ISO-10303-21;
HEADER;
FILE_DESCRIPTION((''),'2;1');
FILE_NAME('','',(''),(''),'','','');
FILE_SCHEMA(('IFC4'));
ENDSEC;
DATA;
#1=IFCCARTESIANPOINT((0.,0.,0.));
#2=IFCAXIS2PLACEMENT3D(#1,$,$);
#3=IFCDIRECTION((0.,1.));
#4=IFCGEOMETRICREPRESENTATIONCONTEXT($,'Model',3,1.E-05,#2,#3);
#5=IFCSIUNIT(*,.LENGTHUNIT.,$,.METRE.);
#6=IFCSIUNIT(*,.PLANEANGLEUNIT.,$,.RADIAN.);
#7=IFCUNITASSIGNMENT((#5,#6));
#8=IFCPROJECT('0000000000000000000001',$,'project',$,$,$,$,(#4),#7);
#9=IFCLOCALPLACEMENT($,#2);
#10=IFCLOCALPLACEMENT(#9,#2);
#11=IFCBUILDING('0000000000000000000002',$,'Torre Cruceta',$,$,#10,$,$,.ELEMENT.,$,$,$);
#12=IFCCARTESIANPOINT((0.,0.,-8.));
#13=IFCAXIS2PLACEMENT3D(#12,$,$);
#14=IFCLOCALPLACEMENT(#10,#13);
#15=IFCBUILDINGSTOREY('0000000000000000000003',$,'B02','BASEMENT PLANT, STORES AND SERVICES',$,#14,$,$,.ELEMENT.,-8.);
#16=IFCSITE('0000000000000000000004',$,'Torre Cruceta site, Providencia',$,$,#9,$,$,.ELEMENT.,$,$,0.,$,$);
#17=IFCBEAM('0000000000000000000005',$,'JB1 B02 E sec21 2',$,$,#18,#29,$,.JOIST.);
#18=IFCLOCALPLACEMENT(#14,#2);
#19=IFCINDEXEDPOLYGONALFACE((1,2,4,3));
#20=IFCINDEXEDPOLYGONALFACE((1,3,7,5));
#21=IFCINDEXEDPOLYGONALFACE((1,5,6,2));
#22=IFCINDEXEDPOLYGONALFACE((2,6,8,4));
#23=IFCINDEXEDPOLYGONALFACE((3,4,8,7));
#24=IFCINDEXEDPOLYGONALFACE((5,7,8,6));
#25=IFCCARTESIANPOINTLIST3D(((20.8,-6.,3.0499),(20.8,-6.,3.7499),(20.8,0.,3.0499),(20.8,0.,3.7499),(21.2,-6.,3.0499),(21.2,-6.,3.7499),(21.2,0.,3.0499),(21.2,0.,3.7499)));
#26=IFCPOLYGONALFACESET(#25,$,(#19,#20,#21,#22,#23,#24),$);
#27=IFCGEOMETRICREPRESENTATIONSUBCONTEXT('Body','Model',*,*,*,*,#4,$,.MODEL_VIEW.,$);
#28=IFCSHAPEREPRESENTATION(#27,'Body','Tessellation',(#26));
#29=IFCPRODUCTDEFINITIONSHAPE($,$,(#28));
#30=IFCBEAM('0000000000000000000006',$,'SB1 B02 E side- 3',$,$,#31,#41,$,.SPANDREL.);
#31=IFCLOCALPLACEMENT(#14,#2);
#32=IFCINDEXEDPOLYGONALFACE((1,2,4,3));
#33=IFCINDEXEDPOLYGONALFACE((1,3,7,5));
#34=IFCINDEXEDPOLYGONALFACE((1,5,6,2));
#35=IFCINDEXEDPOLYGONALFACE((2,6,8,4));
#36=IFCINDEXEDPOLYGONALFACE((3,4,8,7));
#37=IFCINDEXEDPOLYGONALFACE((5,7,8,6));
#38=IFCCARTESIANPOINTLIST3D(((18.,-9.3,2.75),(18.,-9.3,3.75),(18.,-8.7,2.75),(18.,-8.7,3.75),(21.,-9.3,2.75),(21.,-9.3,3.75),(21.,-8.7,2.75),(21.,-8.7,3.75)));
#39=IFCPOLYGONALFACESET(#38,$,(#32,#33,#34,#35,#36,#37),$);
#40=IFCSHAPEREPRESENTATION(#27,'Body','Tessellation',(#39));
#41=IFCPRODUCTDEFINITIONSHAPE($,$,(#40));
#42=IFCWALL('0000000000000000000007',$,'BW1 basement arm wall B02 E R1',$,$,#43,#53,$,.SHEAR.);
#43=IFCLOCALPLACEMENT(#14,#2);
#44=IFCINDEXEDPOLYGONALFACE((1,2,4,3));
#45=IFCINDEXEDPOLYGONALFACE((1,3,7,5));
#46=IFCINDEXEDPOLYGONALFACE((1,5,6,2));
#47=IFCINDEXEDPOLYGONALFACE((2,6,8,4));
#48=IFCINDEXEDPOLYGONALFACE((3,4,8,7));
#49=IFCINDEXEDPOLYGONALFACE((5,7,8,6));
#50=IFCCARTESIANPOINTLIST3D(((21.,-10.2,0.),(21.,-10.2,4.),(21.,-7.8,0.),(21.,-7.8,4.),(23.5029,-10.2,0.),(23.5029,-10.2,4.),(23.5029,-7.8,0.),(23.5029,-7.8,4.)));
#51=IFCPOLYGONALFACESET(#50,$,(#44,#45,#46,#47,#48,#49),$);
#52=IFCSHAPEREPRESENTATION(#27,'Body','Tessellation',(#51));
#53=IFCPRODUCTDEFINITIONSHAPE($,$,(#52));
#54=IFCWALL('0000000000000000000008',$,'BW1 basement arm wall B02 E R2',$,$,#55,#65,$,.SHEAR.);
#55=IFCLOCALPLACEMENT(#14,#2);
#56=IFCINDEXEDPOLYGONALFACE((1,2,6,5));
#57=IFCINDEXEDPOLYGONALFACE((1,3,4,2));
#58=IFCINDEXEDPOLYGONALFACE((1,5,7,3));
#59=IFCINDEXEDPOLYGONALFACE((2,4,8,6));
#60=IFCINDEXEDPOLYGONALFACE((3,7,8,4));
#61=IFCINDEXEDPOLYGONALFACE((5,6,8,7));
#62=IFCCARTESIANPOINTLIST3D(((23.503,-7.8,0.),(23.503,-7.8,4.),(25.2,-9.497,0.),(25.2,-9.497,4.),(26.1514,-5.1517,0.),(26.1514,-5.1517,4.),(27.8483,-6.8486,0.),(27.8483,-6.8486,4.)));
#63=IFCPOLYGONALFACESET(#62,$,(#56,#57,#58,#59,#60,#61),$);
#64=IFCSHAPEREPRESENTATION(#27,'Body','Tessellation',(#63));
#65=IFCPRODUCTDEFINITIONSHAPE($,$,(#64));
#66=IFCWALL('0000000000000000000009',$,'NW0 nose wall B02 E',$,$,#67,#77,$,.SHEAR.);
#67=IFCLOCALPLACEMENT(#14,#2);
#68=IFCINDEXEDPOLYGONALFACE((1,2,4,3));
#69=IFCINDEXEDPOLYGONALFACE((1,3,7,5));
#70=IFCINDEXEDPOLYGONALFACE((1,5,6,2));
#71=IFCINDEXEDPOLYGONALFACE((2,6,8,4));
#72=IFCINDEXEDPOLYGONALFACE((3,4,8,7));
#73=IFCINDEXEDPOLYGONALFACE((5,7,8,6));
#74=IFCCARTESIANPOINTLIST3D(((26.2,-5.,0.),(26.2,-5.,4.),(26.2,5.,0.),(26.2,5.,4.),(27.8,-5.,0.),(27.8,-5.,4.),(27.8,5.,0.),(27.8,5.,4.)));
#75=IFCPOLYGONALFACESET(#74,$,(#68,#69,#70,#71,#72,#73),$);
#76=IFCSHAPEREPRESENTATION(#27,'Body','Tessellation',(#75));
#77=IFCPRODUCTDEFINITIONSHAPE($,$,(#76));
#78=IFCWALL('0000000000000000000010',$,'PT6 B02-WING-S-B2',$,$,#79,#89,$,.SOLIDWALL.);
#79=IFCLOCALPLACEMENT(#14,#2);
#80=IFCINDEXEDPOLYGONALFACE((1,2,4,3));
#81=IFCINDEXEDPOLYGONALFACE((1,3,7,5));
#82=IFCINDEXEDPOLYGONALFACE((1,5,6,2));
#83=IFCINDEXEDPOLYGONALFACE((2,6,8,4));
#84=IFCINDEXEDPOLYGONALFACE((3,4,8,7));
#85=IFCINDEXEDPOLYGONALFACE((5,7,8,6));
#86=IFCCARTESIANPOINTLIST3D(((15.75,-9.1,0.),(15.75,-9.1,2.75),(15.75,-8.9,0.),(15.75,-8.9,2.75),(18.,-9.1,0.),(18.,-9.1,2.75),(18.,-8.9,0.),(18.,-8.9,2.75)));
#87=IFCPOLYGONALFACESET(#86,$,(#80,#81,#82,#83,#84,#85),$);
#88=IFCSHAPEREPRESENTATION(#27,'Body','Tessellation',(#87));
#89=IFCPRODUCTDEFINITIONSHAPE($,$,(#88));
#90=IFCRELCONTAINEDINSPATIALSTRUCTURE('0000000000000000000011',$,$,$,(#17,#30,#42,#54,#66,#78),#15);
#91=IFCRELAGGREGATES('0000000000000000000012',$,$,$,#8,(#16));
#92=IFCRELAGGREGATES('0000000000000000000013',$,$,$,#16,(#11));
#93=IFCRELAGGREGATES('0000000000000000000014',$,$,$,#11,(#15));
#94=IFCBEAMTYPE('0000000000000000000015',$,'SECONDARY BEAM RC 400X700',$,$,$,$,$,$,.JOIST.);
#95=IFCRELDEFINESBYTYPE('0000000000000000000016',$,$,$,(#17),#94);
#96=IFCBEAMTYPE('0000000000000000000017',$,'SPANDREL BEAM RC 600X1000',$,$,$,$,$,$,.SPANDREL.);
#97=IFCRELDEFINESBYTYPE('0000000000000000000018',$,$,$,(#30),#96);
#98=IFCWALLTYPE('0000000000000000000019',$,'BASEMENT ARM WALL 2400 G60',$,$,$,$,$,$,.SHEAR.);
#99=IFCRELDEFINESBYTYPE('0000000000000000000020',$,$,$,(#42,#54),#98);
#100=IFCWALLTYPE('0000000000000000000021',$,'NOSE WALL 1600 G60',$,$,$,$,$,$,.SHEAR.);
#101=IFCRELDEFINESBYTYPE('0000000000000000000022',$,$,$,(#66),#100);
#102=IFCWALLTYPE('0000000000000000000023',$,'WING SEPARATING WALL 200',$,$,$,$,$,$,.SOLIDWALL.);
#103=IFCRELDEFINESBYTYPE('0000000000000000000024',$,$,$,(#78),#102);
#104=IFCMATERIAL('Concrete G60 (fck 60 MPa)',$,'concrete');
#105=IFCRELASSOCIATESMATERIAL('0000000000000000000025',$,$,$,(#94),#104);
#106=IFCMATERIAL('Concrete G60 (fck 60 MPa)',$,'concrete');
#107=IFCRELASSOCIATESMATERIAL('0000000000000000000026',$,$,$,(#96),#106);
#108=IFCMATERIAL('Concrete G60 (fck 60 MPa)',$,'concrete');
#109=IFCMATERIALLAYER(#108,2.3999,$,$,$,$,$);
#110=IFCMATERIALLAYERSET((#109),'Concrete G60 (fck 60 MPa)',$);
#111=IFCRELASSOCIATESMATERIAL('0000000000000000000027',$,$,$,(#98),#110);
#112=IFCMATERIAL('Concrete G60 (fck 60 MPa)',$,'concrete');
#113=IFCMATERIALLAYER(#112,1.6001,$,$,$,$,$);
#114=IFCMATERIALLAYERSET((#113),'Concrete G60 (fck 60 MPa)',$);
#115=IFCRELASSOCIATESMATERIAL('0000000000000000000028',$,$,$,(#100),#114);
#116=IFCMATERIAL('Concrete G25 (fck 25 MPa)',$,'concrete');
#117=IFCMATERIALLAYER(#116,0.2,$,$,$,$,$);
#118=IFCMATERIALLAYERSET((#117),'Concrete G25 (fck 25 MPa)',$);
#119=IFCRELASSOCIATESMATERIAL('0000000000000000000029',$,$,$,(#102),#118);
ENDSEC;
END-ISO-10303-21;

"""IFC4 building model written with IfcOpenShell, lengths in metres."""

from ifc_helpers import new_model, si_unit, direction, frame, frame_2d, origin, origin_2d, place, context, subcontext, project, spatial, rectangle, extrude, material, layer, layer_set, material_profile, profile_set, type_object, element, save


model = new_model("IFC4")

# Units and contexts
model_context = context("Model", 3, precision=1e-05, world=origin(), true_north=direction((0.0, 1.0)))
body_context = subcontext(model_context, "Body", "Model", "MODEL_VIEW")
ifc_project = project(units=[si_unit("LENGTHUNIT", "METRE"), si_unit("PLANEANGLEUNIT", "RADIAN")], contexts=[model_context])

# Site, building, storey
site_placement = place(None, origin())
site = spatial("IfcSite", under=ifc_project, at=site_placement, Name="Torre Cruceta site, Providencia", CompositionType="ELEMENT", RefElevation=0.0)
building_placement = place(site_placement, origin())
building = spatial("IfcBuilding", under=site, at=building_placement, Name="Torre Cruceta", CompositionType="ELEMENT")
storey_placement = place(building_placement, frame((0.0, 0.0, -8.0)))
storey = spatial("IfcBuildingStorey", under=building, at=storey_placement, Name="B02", Description="BASEMENT PLANT, STORES AND SERVICES", CompositionType="ELEMENT", Elevation=-8.0)

# Beams
ifc_material_1 = material(Name="Concrete G60 (fck 60 MPa)", Category="concrete")
ifc_material_profile_1 = material_profile(ifc_material_1, rectangle(XDim=0.3999, YDim=0.7, at=origin_2d()), Name="RC 400X700")
ifc_profile_set_1 = profile_set([ifc_material_profile_1], Name="Concrete G60 (fck 60 MPa)")
beam_type_1 = type_object("IfcBeamType", Name="SECONDARY BEAM RC 400X700", PredefinedType="JOIST", material=ifc_profile_set_1)
beam_1_placement = place(storey_placement, frame((21.0, -6.0, 3.3999), z_axis=(0.0, 1.0, 0.0), x_axis=(-1.0, 0.0, 0.0)))
element("IfcBeam", 1, at=beam_1_placement, inside=storey, type_object=beam_type_1, Name="JB1 B02 E sec21 2", PredefinedType="JOIST", context=body_context, shape_type="SweptSolid", body=[
    extrude(rectangle(XDim=0.3999, YDim=0.7, at=origin_2d()), origin(), (0.0, 0.0, 1.0), 6.0),
])
ifc_material_2 = material(Name="Concrete G60 (fck 60 MPa)", Category="concrete")
ifc_material_profile_2 = material_profile(ifc_material_2, rectangle(XDim=0.6001, YDim=1.0, at=origin_2d()), Name="RC 600X1000")
ifc_profile_set_2 = profile_set([ifc_material_profile_2], Name="Concrete G60 (fck 60 MPa)")
beam_type_2 = type_object("IfcBeamType", Name="SPANDREL BEAM RC 600X1000", PredefinedType="SPANDREL", material=ifc_profile_set_2)
beam_2_placement = place(storey_placement, frame((18.0, -9.0, 3.25), z_axis=(1.0, 0.0, 0.0), x_axis=(0.0, 1.0, 0.0)))
element("IfcBeam", 2, at=beam_2_placement, inside=storey, type_object=beam_type_2, Name="SB1 B02 E side- 3", PredefinedType="SPANDREL", context=body_context, shape_type="SweptSolid", body=[
    extrude(rectangle(XDim=0.6001, YDim=1.0, at=origin_2d()), origin(), (0.0, 0.0, 1.0), 3.0),
])

# Walls
ifc_material_3 = material(Name="Concrete G60 (fck 60 MPa)", Category="concrete")
ifc_layer_1 = layer(ifc_material_3, 2.3999)
ifc_layer_set_1 = layer_set([ifc_layer_1], Name="Concrete G60 (fck 60 MPa)")
wall_type_1 = type_object("IfcWallType", Name="BASEMENT ARM WALL 2400 G60", PredefinedType="SHEAR", material=ifc_layer_set_1)
wall_1_placement = place(storey_placement, frame((21.0, -9.0, 0.0), z_axis=(0.0, 0.0, 1.0), x_axis=(1.0, 0.0, 0.0)))
element("IfcWall", 3, at=wall_1_placement, inside=storey, type_object=wall_type_1, Name="BW1 basement arm wall B02 E R1", PredefinedType="SHEAR", context=body_context, shape_type="SweptSolid", body=[
    extrude(rectangle(XDim=2.5029, YDim=2.3999, at=frame_2d((1.2515, 0.0))), origin(), (0.0, 0.0, 1.0), 4.0),
])
wall_2_placement = place(storey_placement, frame((24.3516, -8.6484, 0.0), z_axis=(0.0, 0.0, 1.0), x_axis=(0.707107, 0.707107, 0.0)))
element("IfcWall", 4, at=wall_2_placement, inside=storey, type_object=wall_type_1, Name="BW1 basement arm wall B02 E R2", PredefinedType="SHEAR", context=body_context, shape_type="SweptSolid", body=[
    extrude(rectangle(XDim=3.7454, YDim=2.3999, at=frame_2d((1.8726, 0.0))), origin(), (0.0, 0.0, 1.0), 4.0),
])
ifc_material_4 = material(Name="Concrete G60 (fck 60 MPa)", Category="concrete")
ifc_layer_2 = layer(ifc_material_4, 1.6001)
ifc_layer_set_2 = layer_set([ifc_layer_2], Name="Concrete G60 (fck 60 MPa)")
wall_type_2 = type_object("IfcWallType", Name="NOSE WALL 1600 G60", PredefinedType="SHEAR", material=ifc_layer_set_2)
wall_3_placement = place(storey_placement, frame((27.0, -5.0, 0.0), z_axis=(0.0, 0.0, 1.0), x_axis=(0.0, 1.0, 0.0)))
element("IfcWall", 5, at=wall_3_placement, inside=storey, type_object=wall_type_2, Name="NW0 nose wall B02 E", PredefinedType="SHEAR", context=body_context, shape_type="SweptSolid", body=[
    extrude(rectangle(XDim=10.0, YDim=1.6001, at=frame_2d((5.0, 0.0))), origin(), (0.0, 0.0, 1.0), 4.0),
])
ifc_material_5 = material(Name="Concrete G25 (fck 25 MPa)", Category="concrete")
ifc_layer_3 = layer(ifc_material_5, 0.2)
ifc_layer_set_3 = layer_set([ifc_layer_3], Name="Concrete G25 (fck 25 MPa)")
wall_type_3 = type_object("IfcWallType", Name="WING SEPARATING WALL 200", PredefinedType="SOLIDWALL", material=ifc_layer_set_3)
wall_4_placement = place(storey_placement, frame((18.0, -9.0, 0.0), z_axis=(0.0, 0.0, 1.0), x_axis=(-1.0, 0.0, 0.0)))
element("IfcWall", 6, at=wall_4_placement, inside=storey, type_object=wall_type_3, Name="PT6 B02-WING-S-B2", PredefinedType="SOLIDWALL", context=body_context, shape_type="SweptSolid", body=[
    extrude(rectangle(XDim=2.25, YDim=0.2, at=frame_2d((1.125, 0.0))), origin(), (0.0, 0.0, 1.0), 2.75),
])

save(model, "model.ifc")
